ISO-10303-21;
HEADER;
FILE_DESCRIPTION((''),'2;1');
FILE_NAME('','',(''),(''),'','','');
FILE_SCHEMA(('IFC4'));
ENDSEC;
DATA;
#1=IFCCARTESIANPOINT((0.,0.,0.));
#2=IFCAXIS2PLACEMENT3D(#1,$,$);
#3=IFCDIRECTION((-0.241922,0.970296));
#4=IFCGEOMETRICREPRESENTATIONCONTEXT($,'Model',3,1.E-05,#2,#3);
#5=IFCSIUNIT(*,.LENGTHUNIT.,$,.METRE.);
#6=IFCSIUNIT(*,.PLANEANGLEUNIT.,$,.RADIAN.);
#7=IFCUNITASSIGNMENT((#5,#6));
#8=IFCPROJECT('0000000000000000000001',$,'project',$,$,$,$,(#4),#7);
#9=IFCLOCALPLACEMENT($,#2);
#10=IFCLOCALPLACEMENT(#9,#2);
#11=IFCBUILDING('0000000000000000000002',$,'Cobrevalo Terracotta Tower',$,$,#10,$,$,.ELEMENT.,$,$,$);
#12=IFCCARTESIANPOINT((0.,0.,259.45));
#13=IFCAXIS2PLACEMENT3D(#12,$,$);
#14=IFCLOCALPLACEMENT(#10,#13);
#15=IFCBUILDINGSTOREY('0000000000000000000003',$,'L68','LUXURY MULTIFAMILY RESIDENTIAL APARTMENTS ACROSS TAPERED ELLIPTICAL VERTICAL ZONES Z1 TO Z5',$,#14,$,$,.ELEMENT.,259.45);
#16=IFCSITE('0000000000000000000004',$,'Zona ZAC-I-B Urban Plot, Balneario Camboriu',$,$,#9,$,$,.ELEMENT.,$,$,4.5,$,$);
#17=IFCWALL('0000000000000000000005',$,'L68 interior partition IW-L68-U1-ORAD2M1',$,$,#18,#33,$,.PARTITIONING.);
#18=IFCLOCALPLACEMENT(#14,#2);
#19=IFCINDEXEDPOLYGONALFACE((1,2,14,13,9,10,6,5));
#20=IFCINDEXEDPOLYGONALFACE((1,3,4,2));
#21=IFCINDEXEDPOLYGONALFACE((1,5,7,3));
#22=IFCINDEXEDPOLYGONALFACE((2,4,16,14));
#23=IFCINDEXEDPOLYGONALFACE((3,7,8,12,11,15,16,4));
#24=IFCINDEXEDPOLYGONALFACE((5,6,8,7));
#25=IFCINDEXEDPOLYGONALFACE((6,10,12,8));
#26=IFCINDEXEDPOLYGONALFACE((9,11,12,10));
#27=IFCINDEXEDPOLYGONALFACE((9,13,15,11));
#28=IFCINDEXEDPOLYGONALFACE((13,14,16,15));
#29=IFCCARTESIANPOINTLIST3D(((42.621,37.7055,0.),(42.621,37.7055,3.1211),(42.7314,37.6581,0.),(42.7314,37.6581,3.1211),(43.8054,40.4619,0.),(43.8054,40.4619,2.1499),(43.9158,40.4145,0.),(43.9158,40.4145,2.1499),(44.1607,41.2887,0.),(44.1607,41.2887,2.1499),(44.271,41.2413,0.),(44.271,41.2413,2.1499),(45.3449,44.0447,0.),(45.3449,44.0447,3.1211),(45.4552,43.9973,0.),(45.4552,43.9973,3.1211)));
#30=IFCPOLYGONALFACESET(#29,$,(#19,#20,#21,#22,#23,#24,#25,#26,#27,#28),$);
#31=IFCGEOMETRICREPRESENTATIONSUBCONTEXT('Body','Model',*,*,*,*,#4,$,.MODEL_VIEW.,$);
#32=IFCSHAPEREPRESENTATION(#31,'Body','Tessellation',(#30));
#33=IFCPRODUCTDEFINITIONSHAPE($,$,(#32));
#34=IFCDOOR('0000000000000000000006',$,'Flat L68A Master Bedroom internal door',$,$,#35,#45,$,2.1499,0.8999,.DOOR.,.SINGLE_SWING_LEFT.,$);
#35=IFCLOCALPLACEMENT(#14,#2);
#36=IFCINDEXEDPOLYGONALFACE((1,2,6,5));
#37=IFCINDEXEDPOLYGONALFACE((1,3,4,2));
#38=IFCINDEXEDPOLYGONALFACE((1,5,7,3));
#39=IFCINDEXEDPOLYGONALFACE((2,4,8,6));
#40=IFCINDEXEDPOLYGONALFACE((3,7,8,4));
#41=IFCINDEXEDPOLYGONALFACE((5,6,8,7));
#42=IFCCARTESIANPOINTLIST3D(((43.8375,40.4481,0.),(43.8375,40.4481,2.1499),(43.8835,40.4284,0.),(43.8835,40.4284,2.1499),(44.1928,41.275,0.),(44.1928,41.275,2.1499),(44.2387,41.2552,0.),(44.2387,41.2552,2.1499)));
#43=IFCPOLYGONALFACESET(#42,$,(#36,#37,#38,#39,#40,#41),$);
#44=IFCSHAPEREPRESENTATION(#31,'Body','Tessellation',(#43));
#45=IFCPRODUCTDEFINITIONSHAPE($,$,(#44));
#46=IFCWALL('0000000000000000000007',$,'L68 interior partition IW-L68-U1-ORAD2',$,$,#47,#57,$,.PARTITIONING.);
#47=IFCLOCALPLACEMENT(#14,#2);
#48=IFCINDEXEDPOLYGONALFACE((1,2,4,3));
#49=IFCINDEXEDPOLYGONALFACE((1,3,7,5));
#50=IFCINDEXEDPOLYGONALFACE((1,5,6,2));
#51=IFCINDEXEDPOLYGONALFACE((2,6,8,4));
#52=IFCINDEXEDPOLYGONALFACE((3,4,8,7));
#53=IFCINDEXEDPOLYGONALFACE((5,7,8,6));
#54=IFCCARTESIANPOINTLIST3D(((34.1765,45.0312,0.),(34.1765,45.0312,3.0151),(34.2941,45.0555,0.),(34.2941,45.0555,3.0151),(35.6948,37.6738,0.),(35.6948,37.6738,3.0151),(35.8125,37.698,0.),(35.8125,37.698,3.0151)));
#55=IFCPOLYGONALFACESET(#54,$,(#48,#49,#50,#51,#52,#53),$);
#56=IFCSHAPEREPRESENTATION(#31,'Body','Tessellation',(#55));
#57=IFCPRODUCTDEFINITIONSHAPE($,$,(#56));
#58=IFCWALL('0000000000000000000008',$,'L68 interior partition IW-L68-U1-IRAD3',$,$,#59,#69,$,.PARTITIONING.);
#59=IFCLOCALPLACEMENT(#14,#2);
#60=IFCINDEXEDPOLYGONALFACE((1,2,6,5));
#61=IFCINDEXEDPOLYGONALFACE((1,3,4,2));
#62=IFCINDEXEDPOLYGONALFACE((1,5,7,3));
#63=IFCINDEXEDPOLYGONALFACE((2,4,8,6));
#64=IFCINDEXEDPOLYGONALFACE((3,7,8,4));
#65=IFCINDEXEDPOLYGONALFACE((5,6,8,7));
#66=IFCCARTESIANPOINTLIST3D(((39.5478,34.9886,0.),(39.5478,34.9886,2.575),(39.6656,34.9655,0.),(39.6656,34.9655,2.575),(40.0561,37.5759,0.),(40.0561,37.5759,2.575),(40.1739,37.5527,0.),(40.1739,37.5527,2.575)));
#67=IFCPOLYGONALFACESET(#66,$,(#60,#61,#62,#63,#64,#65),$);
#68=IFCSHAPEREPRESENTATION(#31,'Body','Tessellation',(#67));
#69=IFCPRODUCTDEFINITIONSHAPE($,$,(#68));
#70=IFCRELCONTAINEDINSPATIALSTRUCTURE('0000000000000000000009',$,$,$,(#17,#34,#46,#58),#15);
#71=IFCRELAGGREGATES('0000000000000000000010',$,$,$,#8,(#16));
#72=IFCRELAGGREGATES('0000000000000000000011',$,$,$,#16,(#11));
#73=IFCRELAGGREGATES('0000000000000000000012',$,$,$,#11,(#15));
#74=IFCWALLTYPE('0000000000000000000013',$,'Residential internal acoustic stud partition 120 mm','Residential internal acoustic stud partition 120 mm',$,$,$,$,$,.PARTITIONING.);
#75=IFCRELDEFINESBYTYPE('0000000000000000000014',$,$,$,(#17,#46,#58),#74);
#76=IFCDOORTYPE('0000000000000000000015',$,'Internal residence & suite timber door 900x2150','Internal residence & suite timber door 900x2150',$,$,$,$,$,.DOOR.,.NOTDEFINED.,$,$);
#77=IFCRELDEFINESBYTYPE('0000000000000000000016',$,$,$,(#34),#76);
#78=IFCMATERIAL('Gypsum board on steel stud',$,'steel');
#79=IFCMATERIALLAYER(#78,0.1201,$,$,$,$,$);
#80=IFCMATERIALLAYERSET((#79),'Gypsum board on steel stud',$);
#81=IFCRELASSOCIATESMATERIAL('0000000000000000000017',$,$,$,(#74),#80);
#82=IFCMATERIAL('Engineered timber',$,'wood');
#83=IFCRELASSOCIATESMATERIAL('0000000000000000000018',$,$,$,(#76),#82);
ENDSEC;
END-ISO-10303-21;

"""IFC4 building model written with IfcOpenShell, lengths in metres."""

from ifc_helpers import new_model, si_unit, direction, frame, frame_2d, origin, place, context, subcontext, project, spatial, rectangle, extrude, source, transform, mapped, material, layer, layer_set, type_object, element, fill, save


model = new_model("IFC4")

# Units and contexts
model_context = context("Model", 3, precision=1e-05, world=origin(), true_north=direction((-0.241922, 0.970296)))
body_context = subcontext(model_context, "Body", "Model", "MODEL_VIEW")
ifc_project = project(units=[si_unit("LENGTHUNIT", "METRE"), si_unit("PLANEANGLEUNIT", "RADIAN")], contexts=[model_context])

# Site, building, storey
site_placement = place(None, origin())
site = spatial("IfcSite", under=ifc_project, at=site_placement, Name="Zona ZAC-I-B Urban Plot, Balneario Camboriu", CompositionType="ELEMENT", RefElevation=4.5)
building_placement = place(site_placement, origin())
building = spatial("IfcBuilding", under=site, at=building_placement, Name="Cobrevalo Terracotta Tower", CompositionType="ELEMENT")
storey_placement = place(building_placement, frame((0.0, 0.0, 259.45)))
storey = spatial("IfcBuildingStorey", under=building, at=storey_placement, Name="L68", Description="LUXURY MULTIFAMILY RESIDENTIAL APARTMENTS ACROSS TAPERED ELLIPTICAL VERTICAL ZONES Z1 TO Z5", CompositionType="ELEMENT", Elevation=259.45)

# Wall, opening, door
ifc_material_1 = material(Name="Gypsum board on steel stud", Category="steel")
ifc_layer_1 = layer(ifc_material_1, 0.1201)
ifc_layer_set_1 = layer_set([ifc_layer_1], Name="Gypsum board on steel stud")
wall_type_1 = type_object("IfcWallType", Name="Residential internal acoustic stud partition 120 mm", Description="Residential internal acoustic stud partition 120 mm", PredefinedType="PARTITIONING", material=ifc_layer_set_1)
wall_1_placement = place(storey_placement, frame((42.6763, 37.6819, 0.0), z_axis=(0.0, 0.0, 1.0), x_axis=(0.394777, 0.918777, 0.0)))
wall_1 = element("IfcWall", 1, at=wall_1_placement, inside=storey, type_object=wall_type_1, Name="L68 interior partition IW-L68-U1-ORAD2M1", PredefinedType="PARTITIONING", context=body_context, shape_type="SweptSolid", body=[
    extrude(rectangle(XDim=6.8997, YDim=0.1201, at=frame_2d((3.4497, 0.0))), origin(), (0.0, 0.0, 1.0), 3.1211),
])
opening_1_placement = place(wall_1_placement, frame((3.0, 0.0, 0.0)))
opening_1 = element("IfcOpeningElement", 2, at=opening_1_placement, cuts=wall_1, PredefinedType="OPENING", context=body_context, shape_type="SweptSolid", body=[
    extrude(rectangle(XDim=0.8999, YDim=2.1499, at=frame_2d((0.45, 1.075))), frame((0.0, 0.0701, 0.0), z_axis=(0.0, -1.0, 0.0), x_axis=(1.0, 0.0, 0.0)), (0.0, 0.0, 1.0), 0.1401),
])
ifc_material_2 = material(Name="Engineered timber", Category="wood")
door_type_1 = type_object("IfcDoorType", Name="Internal residence & suite timber door 900x2150", Description="Internal residence & suite timber door 900x2150", OperationType="NOTDEFINED", PredefinedType="DOOR", material=ifc_material_2)
shared_shape_1 = source(origin(), body_context, "Body", "SweptSolid", [
    extrude(rectangle(XDim=0.8999, YDim=2.1499, at=frame_2d((0.45, 1.075))), frame((0.0, 0.0249, 0.0), z_axis=(0.0, -1.0, 0.0), x_axis=(1.0, 0.0, 0.0)), (0.0, 0.0, 1.0), 0.05),
])
door_1_placement = place(opening_1_placement, frame((0.8999, 0.0, 0.0), z_axis=(0.0, 0.0, 1.0), x_axis=(-1.0, 0.0, 0.0)))
door_1 = element("IfcDoor", 3, at=door_1_placement, inside=storey, type_object=door_type_1, Name="Flat L68A Master Bedroom internal door", OperationType="SINGLE_SWING_LEFT", OverallHeight=2.1499, OverallWidth=0.8999, PredefinedType="DOOR", context=body_context, shape_type="MappedRepresentation", body=[
    mapped(shared_shape_1, transform((0.0, 0.0, 0.0), scale=1.0)),
])
fill(opening_1, door_1)

# Wall
wall_2_placement = place(storey_placement, frame((35.7537, 37.6858, 0.0), z_axis=(0.0, 0.0, 1.0), x_axis=(-0.202106, 0.979364, 0.0)))
element("IfcWall", 4, at=wall_2_placement, inside=storey, type_object=wall_type_1, Name="L68 interior partition IW-L68-U1-ORAD2", PredefinedType="PARTITIONING", context=body_context, shape_type="SweptSolid", body=[
    extrude(rectangle(XDim=7.5125, YDim=0.1201, at=frame_2d((3.7563, 0.0))), origin(), (0.0, 0.0, 1.0), 3.0151),
])

# Wall
wall_3_placement = place(storey_placement, frame((39.6067, 34.9771, 0.0), z_axis=(0.0, 0.0, 1.0), x_axis=(0.192785, 0.981241, 0.0)))
element("IfcWall", 5, at=wall_3_placement, inside=storey, type_object=wall_type_1, Name="L68 interior partition IW-L68-U1-IRAD3", PredefinedType="PARTITIONING", context=body_context, shape_type="SweptSolid", body=[
    extrude(rectangle(XDim=2.6367, YDim=0.1201, at=frame_2d((1.3184, 0.0))), origin(), (0.0, 0.0, 1.0), 2.575),
])

save(model, "model.ifc")
